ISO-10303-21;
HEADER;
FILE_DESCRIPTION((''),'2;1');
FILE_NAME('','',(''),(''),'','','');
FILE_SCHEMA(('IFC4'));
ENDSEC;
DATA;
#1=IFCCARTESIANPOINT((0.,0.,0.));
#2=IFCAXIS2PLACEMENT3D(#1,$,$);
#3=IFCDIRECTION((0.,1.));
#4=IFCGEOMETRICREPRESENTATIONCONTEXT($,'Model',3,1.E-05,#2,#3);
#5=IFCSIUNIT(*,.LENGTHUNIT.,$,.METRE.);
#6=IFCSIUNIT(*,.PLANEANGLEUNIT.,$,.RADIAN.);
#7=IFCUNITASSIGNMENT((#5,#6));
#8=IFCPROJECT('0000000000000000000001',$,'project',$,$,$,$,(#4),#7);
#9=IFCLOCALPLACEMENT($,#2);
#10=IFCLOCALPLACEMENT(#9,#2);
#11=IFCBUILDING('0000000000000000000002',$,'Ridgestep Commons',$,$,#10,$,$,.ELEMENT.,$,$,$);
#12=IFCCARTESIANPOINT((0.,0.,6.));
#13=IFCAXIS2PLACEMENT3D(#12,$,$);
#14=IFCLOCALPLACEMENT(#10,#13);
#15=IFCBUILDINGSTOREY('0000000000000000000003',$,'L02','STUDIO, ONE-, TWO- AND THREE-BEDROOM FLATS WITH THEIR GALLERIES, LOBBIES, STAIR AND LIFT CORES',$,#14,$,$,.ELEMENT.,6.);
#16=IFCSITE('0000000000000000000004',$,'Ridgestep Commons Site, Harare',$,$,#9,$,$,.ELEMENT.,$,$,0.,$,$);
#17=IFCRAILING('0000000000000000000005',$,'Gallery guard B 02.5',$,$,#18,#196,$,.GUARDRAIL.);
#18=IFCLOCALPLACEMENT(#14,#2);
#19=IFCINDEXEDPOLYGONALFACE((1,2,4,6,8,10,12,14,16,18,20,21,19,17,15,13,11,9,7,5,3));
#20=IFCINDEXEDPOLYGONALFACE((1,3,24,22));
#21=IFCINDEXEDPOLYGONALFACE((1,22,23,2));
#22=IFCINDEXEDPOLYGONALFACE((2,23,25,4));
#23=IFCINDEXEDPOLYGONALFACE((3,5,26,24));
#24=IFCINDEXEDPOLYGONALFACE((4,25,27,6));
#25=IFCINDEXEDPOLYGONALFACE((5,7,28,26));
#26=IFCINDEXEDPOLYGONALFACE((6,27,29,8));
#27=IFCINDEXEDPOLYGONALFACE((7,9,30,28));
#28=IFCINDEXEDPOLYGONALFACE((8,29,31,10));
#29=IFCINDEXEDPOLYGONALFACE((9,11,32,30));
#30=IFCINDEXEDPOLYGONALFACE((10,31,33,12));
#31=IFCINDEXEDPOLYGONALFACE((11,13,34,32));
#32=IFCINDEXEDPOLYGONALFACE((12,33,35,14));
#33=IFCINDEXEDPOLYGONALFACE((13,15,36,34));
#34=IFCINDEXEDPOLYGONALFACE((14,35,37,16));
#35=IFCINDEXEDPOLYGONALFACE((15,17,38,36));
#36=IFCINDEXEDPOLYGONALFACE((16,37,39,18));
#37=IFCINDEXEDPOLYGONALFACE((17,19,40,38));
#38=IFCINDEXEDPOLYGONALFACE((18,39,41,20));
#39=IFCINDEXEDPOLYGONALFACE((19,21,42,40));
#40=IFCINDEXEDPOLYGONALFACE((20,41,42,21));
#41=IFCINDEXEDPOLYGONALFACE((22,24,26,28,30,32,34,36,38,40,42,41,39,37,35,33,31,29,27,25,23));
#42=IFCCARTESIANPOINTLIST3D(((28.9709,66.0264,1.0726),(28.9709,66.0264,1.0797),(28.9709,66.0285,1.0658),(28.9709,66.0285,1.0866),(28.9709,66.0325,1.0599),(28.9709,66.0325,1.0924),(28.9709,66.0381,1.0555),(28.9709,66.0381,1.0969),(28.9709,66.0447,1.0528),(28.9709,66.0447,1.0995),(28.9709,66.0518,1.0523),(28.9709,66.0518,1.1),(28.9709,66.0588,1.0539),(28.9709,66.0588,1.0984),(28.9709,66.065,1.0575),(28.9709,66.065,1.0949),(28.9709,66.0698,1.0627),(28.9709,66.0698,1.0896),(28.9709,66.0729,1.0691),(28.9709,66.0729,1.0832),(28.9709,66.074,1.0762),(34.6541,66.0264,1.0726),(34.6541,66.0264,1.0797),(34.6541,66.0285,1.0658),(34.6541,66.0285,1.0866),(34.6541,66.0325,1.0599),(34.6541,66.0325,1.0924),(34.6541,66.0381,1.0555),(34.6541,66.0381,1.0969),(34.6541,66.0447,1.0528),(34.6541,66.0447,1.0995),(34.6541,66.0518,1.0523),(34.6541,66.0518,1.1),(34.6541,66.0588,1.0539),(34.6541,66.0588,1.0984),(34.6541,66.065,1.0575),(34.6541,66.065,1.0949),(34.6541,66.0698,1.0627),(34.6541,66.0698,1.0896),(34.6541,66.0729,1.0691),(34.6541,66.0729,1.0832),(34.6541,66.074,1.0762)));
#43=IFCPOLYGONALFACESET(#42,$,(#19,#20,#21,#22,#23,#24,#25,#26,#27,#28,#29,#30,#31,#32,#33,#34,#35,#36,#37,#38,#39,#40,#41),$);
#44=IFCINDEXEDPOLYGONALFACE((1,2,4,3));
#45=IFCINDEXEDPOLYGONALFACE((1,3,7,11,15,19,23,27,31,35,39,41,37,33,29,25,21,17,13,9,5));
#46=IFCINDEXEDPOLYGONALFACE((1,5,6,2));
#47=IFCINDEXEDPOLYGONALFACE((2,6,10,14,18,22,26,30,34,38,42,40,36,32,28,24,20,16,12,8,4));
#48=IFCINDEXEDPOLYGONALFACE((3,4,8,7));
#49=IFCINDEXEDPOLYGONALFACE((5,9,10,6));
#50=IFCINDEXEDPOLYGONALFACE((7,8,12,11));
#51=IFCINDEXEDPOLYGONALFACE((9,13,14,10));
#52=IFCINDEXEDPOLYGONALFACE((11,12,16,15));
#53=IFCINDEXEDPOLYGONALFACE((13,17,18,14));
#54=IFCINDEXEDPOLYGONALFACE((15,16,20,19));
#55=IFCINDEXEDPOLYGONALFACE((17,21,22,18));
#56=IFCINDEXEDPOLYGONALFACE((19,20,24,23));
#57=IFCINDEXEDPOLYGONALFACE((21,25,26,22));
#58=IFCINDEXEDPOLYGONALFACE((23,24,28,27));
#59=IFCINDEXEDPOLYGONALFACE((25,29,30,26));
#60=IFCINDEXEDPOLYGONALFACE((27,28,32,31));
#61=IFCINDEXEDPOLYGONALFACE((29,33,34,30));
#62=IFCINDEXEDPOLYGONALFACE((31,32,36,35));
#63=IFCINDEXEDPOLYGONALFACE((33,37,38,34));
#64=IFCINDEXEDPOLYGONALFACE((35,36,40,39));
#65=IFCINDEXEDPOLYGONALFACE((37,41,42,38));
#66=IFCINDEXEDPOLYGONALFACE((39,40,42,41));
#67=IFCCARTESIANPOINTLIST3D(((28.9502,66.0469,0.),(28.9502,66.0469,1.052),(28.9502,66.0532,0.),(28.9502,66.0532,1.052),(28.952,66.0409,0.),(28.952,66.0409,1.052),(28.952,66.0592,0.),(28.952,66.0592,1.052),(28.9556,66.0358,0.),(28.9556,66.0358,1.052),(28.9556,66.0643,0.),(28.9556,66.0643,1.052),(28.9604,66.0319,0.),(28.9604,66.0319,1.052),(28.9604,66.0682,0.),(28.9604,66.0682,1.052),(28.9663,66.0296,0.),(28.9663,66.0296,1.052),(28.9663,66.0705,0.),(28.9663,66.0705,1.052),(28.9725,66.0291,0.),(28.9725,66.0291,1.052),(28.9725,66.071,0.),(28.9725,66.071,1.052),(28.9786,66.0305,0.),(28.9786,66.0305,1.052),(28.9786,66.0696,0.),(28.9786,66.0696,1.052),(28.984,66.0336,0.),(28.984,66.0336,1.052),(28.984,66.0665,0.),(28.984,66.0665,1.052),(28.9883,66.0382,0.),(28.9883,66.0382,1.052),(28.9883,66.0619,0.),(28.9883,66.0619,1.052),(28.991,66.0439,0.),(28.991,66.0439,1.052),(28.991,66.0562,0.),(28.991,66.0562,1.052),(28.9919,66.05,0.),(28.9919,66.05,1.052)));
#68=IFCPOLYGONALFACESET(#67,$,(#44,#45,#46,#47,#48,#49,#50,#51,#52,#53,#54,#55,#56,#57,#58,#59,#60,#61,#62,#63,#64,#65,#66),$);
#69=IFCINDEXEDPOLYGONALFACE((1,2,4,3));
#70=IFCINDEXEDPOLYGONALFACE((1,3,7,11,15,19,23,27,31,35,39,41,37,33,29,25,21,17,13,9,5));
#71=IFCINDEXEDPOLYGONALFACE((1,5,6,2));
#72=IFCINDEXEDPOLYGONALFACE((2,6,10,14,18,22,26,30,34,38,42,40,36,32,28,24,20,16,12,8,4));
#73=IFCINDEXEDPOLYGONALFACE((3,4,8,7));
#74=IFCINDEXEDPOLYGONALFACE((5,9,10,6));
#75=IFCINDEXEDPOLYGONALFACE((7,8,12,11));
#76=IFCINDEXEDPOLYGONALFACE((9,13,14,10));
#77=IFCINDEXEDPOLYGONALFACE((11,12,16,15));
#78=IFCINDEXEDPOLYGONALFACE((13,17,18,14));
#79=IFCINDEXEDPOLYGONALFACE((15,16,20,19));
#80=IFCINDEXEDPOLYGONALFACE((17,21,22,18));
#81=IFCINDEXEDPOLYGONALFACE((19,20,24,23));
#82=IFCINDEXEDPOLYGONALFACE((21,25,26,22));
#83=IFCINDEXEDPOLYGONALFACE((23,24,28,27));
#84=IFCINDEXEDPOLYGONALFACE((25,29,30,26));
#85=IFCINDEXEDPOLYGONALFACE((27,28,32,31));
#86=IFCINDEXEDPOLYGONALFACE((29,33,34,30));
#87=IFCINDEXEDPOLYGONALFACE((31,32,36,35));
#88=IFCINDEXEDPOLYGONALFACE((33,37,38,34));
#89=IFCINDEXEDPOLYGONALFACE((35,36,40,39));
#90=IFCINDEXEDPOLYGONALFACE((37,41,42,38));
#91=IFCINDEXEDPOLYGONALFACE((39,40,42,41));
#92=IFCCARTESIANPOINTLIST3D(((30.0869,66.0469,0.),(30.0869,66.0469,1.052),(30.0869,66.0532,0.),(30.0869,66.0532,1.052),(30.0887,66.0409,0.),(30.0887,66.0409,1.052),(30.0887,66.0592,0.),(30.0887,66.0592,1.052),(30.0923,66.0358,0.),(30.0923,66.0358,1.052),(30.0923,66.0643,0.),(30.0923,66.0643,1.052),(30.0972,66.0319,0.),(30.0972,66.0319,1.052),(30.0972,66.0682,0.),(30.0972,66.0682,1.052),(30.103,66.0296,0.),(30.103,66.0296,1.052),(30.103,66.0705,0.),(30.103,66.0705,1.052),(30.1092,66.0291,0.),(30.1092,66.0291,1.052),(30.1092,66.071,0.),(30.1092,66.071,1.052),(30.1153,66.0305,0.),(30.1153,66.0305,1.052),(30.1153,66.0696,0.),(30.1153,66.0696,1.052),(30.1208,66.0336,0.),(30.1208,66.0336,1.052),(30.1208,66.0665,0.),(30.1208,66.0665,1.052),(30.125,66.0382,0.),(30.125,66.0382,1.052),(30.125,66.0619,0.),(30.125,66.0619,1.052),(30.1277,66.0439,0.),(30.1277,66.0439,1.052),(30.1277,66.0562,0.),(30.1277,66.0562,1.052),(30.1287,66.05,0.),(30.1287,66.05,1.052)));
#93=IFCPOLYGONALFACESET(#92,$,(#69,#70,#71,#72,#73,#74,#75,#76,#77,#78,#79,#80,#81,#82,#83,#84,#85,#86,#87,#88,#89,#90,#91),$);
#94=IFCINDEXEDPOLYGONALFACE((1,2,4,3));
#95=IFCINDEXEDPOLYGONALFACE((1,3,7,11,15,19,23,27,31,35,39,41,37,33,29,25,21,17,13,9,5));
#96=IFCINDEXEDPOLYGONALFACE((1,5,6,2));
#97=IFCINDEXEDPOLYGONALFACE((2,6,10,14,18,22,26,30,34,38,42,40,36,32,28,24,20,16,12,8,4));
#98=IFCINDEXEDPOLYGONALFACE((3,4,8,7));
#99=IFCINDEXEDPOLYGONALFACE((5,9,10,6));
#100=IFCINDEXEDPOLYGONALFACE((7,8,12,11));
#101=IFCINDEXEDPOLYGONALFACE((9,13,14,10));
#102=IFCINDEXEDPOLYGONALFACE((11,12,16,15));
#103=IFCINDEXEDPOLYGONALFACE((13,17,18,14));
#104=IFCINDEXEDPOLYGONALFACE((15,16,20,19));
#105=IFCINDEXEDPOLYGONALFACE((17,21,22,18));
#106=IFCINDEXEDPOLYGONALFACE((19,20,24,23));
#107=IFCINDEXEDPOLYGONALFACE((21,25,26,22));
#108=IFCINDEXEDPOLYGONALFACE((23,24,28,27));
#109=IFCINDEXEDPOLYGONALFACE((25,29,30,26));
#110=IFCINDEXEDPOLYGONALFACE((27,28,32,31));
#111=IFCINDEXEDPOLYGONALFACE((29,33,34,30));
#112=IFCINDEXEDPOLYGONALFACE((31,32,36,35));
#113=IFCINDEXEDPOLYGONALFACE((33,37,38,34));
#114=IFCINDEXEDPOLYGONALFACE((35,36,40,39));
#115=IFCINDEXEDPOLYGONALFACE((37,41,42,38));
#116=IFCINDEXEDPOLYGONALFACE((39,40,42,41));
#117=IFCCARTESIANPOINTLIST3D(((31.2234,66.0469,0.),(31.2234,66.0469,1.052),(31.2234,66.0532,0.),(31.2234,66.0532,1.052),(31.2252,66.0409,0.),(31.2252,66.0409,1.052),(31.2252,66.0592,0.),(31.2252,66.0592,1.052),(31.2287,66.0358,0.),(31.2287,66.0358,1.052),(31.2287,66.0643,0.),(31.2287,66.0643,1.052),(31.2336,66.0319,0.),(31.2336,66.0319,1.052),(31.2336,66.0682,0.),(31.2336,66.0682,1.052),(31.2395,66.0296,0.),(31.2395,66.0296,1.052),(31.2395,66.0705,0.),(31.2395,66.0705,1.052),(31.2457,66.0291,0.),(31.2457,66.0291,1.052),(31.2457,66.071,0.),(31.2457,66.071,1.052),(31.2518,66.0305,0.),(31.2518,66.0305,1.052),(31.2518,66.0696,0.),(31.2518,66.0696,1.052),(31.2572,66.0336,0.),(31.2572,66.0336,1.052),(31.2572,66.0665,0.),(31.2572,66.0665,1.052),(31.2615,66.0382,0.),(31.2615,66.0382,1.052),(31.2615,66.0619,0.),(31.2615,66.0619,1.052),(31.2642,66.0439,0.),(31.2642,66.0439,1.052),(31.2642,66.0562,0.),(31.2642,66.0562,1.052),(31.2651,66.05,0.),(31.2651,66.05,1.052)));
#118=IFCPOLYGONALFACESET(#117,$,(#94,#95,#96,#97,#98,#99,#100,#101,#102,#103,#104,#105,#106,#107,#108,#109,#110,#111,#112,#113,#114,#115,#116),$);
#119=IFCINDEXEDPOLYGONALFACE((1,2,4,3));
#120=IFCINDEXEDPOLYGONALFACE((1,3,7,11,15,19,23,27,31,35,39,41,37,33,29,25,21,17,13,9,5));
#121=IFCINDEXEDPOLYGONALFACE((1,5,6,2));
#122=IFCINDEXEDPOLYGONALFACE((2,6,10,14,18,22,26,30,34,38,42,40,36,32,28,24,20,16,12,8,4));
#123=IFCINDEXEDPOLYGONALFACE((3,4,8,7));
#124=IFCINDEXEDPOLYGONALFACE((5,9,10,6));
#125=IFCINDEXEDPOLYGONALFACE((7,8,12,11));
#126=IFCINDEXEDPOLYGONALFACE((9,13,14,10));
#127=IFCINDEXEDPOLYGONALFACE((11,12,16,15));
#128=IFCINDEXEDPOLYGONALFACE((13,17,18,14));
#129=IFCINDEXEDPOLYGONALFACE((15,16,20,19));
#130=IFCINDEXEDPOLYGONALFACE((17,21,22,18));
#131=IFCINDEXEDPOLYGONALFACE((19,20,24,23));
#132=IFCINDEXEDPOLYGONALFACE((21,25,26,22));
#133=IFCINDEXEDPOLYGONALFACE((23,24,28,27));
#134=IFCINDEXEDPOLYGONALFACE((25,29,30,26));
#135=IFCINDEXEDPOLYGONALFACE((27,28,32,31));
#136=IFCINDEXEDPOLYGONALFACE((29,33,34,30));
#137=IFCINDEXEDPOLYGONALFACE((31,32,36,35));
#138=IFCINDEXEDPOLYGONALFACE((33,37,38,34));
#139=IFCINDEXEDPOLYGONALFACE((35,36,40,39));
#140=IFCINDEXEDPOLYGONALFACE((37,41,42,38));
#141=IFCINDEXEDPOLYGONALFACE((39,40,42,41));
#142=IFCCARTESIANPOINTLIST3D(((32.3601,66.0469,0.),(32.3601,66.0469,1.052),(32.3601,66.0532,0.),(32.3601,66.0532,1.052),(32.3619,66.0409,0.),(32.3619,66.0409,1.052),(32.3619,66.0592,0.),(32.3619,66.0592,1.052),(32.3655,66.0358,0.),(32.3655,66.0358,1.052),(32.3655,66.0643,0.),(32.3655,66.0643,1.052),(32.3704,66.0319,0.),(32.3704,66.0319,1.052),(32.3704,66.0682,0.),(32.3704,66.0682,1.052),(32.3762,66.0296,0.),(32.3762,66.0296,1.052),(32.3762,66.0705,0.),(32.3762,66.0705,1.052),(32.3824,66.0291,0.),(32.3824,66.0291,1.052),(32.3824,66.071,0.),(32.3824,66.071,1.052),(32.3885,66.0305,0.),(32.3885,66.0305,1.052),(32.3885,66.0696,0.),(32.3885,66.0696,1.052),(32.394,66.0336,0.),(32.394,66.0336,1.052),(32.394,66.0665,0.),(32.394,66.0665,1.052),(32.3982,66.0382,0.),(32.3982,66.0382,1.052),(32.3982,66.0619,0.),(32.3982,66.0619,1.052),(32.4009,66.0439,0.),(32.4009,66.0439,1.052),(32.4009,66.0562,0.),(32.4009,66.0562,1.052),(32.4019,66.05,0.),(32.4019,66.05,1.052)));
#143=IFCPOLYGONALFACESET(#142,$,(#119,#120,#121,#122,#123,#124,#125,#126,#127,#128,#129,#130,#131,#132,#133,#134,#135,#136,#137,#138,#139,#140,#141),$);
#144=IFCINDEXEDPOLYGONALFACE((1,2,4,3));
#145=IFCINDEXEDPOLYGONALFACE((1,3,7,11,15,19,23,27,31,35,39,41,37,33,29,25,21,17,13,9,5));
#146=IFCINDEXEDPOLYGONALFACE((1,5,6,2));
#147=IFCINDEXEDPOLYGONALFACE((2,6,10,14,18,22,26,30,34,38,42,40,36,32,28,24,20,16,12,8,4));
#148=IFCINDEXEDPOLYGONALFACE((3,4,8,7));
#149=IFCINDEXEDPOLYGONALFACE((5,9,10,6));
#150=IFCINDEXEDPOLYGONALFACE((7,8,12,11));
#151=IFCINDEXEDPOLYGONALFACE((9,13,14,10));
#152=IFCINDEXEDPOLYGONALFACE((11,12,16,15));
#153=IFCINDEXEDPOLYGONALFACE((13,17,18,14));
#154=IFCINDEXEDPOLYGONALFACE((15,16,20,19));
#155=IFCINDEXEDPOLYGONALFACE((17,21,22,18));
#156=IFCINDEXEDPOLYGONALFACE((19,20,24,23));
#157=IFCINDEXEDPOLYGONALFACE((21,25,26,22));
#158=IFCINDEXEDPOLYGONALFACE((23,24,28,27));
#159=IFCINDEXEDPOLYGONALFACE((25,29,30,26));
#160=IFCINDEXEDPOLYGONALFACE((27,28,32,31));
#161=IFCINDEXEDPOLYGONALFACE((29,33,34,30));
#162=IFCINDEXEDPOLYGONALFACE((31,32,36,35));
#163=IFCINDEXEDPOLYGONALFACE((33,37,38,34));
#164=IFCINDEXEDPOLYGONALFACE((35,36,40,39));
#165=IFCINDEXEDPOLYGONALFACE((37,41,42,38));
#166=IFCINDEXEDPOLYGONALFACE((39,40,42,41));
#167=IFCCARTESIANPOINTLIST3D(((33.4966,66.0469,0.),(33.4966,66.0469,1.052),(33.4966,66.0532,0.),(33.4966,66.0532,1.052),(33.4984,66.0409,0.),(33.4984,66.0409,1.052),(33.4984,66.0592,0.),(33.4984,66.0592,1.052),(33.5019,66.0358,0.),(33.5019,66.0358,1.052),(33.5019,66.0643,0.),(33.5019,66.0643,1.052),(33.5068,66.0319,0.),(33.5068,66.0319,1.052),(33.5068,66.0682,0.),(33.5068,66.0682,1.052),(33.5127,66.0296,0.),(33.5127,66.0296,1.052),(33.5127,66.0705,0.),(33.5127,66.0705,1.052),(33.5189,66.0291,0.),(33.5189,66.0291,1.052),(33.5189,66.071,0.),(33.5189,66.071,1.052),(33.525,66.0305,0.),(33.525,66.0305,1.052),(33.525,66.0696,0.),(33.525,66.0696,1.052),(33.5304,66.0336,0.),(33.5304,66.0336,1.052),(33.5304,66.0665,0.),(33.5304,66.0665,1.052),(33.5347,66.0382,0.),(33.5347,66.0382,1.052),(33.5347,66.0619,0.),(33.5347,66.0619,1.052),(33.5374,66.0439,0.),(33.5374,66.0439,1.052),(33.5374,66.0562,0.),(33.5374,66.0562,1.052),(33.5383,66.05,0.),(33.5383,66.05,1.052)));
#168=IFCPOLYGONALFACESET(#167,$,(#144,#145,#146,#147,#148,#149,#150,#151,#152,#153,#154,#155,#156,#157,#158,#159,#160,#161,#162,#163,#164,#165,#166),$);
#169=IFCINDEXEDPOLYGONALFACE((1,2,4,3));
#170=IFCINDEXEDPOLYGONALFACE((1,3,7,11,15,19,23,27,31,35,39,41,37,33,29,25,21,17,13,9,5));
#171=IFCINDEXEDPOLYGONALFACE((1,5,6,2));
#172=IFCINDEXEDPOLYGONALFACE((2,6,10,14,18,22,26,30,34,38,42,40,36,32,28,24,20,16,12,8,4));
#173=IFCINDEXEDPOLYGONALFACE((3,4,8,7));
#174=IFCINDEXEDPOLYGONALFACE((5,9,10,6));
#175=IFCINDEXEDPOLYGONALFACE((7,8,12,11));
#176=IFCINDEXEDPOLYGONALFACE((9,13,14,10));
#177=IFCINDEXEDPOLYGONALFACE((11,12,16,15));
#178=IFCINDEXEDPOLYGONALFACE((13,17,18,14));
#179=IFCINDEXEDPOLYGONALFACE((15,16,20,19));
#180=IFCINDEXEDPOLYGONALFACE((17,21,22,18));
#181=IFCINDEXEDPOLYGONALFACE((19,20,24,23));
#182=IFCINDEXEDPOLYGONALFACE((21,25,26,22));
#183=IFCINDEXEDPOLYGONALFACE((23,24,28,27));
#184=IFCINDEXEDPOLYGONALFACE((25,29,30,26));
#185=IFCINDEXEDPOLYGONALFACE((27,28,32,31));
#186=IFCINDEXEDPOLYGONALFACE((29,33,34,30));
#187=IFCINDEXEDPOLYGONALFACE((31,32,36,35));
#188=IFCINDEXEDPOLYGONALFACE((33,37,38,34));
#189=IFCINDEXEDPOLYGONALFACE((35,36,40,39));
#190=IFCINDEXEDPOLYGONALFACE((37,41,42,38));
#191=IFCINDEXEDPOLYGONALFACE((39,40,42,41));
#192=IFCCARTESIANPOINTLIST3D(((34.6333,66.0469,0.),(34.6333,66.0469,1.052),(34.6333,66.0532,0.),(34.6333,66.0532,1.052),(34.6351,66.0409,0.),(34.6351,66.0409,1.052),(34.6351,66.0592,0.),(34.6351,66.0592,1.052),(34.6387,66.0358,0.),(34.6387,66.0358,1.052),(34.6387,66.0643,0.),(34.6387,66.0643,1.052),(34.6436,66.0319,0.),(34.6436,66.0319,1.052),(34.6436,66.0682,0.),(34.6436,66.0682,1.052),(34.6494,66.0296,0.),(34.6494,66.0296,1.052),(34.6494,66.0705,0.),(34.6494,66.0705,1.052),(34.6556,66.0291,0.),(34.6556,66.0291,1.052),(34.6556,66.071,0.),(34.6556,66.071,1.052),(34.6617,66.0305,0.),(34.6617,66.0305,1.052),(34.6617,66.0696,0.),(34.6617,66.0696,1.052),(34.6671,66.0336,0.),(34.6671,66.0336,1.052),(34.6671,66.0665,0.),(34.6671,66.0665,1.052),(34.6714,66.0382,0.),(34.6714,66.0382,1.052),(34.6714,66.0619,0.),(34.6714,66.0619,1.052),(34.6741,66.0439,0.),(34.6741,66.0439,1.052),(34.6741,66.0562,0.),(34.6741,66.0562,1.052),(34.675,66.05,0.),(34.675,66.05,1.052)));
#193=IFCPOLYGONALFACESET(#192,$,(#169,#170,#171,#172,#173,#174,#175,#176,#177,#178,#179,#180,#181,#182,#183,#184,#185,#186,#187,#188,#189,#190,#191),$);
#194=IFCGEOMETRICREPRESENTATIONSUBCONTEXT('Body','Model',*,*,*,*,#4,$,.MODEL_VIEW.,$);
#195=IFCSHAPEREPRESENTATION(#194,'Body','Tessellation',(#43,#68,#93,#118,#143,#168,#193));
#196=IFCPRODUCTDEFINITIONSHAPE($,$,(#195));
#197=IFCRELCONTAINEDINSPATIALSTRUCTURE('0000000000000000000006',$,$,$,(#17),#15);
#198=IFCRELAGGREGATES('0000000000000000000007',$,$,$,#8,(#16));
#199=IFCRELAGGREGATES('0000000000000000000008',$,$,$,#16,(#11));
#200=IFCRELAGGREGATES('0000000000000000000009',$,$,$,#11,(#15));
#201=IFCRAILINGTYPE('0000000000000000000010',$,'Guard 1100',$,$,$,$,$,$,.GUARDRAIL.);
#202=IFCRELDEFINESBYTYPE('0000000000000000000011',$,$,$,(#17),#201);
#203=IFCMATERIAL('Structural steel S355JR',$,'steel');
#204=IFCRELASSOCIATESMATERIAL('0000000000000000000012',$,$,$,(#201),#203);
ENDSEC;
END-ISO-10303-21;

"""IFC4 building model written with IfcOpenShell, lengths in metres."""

from ifc_helpers import new_model, si_unit, direction, frame, origin, origin_2d, place, context, subcontext, project, spatial, circle, extrude, material, type_object, element, save


model = new_model("IFC4")

# Units and contexts
model_context = context("Model", 3, precision=1e-05, world=origin(), true_north=direction((0.0, 1.0)))
body_context = subcontext(model_context, "Body", "Model", "MODEL_VIEW")
ifc_project = project(units=[si_unit("LENGTHUNIT", "METRE"), si_unit("PLANEANGLEUNIT", "RADIAN")], contexts=[model_context])

# Site, building, storey
site_placement = place(None, origin())
site = spatial("IfcSite", under=ifc_project, at=site_placement, Name="Ridgestep Commons Site, Harare", CompositionType="ELEMENT", RefElevation=0.0)
building_placement = place(site_placement, origin())
building = spatial("IfcBuilding", under=site, at=building_placement, Name="Ridgestep Commons", CompositionType="ELEMENT")
storey_placement = place(building_placement, frame((0.0, 0.0, 6.0)))
storey = spatial("IfcBuildingStorey", under=building, at=storey_placement, Name="L02", Description="STUDIO, ONE-, TWO- AND THREE-BEDROOM FLATS WITH THEIR GALLERIES, LOBBIES, STAIR AND LIFT CORES", CompositionType="ELEMENT", Elevation=6.0)

# Railing
ifc_material_1 = material(Name="Structural steel S355JR", Category="steel")
railing_type = type_object("IfcRailingType", Name="Guard 1100", PredefinedType="GUARDRAIL", material=ifc_material_1)
railing_1_placement = place(storey_placement, frame((28.9709, 66.05, 0.0)))
element("IfcRailing", 1, at=railing_1_placement, inside=storey, type_object=railing_type, Name="Gallery guard B 02.5", PredefinedType="GUARDRAIL", context=body_context, shape_type="SweptSolid", body=[
    extrude(circle(Radius=0.0239, at=origin_2d()), frame((0.0, 0.0, 1.0762), z_axis=(1.0, 0.0, 0.0), x_axis=(0.0, 1.0, 0.0)), (0.0, 0.0, 1.0), 5.6831),
    extrude(circle(Radius=0.021, at=origin_2d()), origin(), (0.0, 0.0, 1.0), 1.052),
    extrude(circle(Radius=0.021, at=origin_2d()), frame((1.1367, 0.0, 0.0)), (0.0, 0.0, 1.0), 1.052),
    extrude(circle(Radius=0.021, at=origin_2d()), frame((2.2732, 0.0, 0.0)), (0.0, 0.0, 1.0), 1.052),
    extrude(circle(Radius=0.021, at=origin_2d()), frame((3.4099, 0.0, 0.0)), (0.0, 0.0, 1.0), 1.052),
    extrude(circle(Radius=0.021, at=origin_2d()), frame((4.5464, 0.0, 0.0)), (0.0, 0.0, 1.0), 1.052),
    extrude(circle(Radius=0.021, at=origin_2d()), frame((5.6831, 0.0, 0.0)), (0.0, 0.0, 1.0), 1.052),
])

save(model, "model.ifc")
